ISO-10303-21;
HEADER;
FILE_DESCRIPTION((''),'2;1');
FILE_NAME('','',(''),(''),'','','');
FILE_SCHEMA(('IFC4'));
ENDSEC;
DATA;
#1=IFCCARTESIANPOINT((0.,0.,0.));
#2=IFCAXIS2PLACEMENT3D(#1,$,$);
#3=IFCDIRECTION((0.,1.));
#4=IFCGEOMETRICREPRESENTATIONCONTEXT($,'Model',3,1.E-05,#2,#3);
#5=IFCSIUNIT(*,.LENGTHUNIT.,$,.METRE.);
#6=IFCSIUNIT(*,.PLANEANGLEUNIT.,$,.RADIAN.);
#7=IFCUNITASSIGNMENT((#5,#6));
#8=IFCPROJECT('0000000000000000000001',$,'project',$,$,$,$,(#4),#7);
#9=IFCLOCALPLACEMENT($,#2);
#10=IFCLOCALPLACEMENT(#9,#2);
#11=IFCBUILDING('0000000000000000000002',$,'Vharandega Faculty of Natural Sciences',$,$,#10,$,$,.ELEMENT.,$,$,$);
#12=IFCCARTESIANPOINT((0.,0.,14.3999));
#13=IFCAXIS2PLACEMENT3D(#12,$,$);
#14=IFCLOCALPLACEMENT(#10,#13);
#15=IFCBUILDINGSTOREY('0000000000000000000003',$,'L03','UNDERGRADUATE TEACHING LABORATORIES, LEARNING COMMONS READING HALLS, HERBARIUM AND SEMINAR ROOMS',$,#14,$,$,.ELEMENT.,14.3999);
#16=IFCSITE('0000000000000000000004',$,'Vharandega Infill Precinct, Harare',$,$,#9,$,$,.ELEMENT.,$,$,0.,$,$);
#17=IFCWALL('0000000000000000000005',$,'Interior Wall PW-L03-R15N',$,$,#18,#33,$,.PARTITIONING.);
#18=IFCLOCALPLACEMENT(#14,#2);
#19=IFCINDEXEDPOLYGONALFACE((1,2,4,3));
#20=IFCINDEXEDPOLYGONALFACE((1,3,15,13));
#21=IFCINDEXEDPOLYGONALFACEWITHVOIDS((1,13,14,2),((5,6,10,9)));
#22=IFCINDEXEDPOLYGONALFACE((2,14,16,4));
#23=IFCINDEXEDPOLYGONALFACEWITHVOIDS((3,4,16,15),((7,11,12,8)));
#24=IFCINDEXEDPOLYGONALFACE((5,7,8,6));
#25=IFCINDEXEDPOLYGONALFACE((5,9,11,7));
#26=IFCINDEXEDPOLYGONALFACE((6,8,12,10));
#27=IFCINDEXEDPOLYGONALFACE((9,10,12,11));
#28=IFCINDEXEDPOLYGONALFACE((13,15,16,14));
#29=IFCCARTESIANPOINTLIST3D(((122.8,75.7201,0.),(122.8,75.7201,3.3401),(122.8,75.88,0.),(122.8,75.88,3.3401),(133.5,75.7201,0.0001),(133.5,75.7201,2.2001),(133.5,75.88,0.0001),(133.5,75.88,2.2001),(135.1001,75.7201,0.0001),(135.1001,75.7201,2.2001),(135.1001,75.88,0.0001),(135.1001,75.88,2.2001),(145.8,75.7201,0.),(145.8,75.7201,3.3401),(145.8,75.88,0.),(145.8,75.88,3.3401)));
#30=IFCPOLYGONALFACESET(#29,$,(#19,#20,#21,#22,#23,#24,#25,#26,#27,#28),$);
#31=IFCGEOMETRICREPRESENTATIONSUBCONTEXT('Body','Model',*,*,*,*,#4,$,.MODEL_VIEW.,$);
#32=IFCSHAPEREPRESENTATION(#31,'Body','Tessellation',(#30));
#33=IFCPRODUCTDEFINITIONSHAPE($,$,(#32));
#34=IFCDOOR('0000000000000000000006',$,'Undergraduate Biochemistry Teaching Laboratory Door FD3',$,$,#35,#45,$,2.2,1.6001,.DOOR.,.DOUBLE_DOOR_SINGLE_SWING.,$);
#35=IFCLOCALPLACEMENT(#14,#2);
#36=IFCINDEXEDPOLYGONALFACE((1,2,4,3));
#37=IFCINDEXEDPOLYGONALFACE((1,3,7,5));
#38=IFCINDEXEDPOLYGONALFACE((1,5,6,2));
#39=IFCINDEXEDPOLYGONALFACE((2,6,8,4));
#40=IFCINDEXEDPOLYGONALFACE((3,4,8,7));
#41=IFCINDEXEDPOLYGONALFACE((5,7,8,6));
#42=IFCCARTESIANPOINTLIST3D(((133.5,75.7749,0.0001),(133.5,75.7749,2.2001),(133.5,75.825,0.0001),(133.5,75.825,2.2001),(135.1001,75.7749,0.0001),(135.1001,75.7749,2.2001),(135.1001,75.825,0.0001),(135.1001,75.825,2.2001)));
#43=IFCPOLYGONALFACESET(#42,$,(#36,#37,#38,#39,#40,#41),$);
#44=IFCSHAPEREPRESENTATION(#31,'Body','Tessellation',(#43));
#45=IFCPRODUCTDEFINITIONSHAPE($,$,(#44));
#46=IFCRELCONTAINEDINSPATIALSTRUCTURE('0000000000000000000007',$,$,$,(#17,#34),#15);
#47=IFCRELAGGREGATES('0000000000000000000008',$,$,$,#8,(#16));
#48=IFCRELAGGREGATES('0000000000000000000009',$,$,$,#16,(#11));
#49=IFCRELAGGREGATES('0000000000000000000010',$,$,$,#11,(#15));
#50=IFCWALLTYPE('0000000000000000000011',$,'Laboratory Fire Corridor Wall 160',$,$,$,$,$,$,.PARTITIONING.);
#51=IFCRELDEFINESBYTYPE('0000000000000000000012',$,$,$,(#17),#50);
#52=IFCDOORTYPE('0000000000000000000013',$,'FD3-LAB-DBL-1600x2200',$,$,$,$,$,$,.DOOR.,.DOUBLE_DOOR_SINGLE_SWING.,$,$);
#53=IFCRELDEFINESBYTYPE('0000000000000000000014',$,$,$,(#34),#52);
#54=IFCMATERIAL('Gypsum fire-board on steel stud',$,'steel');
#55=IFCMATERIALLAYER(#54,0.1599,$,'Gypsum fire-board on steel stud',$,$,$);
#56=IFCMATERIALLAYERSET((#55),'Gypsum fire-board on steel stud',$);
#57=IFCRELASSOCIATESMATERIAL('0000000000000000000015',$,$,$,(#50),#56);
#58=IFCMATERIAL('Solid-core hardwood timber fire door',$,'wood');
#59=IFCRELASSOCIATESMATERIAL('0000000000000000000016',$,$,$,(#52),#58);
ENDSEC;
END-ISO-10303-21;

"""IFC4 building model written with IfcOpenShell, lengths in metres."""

from ifc_helpers import new_model, si_unit, direction, frame, frame_2d, origin, place, context, subcontext, project, spatial, rectangle, extrude, material, layer, layer_set, type_object, element, fill, save


model = new_model("IFC4")

# Units and contexts
model_context = context("Model", 3, precision=1e-05, world=origin(), true_north=direction((0.0, 1.0)))
body_context = subcontext(model_context, "Body", "Model", "MODEL_VIEW")
ifc_project = project(units=[si_unit("LENGTHUNIT", "METRE"), si_unit("PLANEANGLEUNIT", "RADIAN")], contexts=[model_context])

# Site, building, storey
site_placement = place(None, origin())
site = spatial("IfcSite", under=ifc_project, at=site_placement, Name="Vharandega Infill Precinct, Harare", CompositionType="ELEMENT", RefElevation=0.0)
building_placement = place(site_placement, origin())
building = spatial("IfcBuilding", under=site, at=building_placement, Name="Vharandega Faculty of Natural Sciences", CompositionType="ELEMENT")
storey_placement = place(building_placement, frame((0.0, 0.0, 14.3999)))
storey = spatial("IfcBuildingStorey", under=building, at=storey_placement, Name="L03", Description="UNDERGRADUATE TEACHING LABORATORIES, LEARNING COMMONS READING HALLS, HERBARIUM AND SEMINAR ROOMS", CompositionType="ELEMENT", Elevation=14.3999)

# Wall, opening, door
ifc_material_1 = material(Name="Gypsum fire-board on steel stud", Category="steel")
ifc_layer_1 = layer(ifc_material_1, 0.1599, Name="Gypsum fire-board on steel stud")
ifc_layer_set_1 = layer_set([ifc_layer_1], Name="Gypsum fire-board on steel stud")
wall_type_1 = type_object("IfcWallType", Name="Laboratory Fire Corridor Wall 160", PredefinedType="PARTITIONING", material=ifc_layer_set_1)
wall_1_placement = place(storey_placement, frame((122.8, 75.8, 0.0), z_axis=(0.0, 0.0, 1.0), x_axis=(1.0, 0.0, 0.0)))
wall_1 = element("IfcWall", 1, at=wall_1_placement, inside=storey, type_object=wall_type_1, Name="Interior Wall PW-L03-R15N", PredefinedType="PARTITIONING", context=body_context, shape_type="SweptSolid", body=[
    extrude(rectangle(XDim=23.0, YDim=0.1599, at=frame_2d((11.5, 0.0))), origin(), (0.0, 0.0, 1.0), 3.3401),
])
opening_placement = place(wall_1_placement, frame((10.7, 0.0, 0.0)))
opening = element("IfcOpeningElement", 2, at=opening_placement, cuts=wall_1, PredefinedType="OPENING", context=body_context, shape_type="SweptSolid", body=[
    extrude(rectangle(XDim=1.6001, YDim=2.2, at=frame_2d((0.8, 1.1001))), frame((0.0, 0.0898, 0.0), z_axis=(0.0, -1.0, 0.0), x_axis=(1.0, 0.0, 0.0)), (0.0, 0.0, 1.0), 0.1799),
])
ifc_material_2 = material(Name="Solid-core hardwood timber fire door", Category="wood")
door_type = type_object("IfcDoorType", Name="FD3-LAB-DBL-1600x2200", OperationType="DOUBLE_DOOR_SINGLE_SWING", PredefinedType="DOOR", material=ifc_material_2)
door_placement = place(opening_placement, origin())
door = element("IfcDoor", 3, at=door_placement, inside=storey, type_object=door_type, Name="Undergraduate Biochemistry Teaching Laboratory Door FD3", OperationType="DOUBLE_DOOR_SINGLE_SWING", OverallHeight=2.2, OverallWidth=1.6001, PredefinedType="DOOR", context=body_context, shape_type="SweptSolid", body=[
    extrude(rectangle(XDim=1.6001, YDim=2.2, at=frame_2d((0.8, 1.1001))), frame((0.0, 0.0249, 0.0), z_axis=(0.0, -1.0, 0.0), x_axis=(1.0, 0.0, 0.0)), (0.0, 0.0, 1.0), 0.05),
])
fill(opening, door)

save(model, "model.ifc")
